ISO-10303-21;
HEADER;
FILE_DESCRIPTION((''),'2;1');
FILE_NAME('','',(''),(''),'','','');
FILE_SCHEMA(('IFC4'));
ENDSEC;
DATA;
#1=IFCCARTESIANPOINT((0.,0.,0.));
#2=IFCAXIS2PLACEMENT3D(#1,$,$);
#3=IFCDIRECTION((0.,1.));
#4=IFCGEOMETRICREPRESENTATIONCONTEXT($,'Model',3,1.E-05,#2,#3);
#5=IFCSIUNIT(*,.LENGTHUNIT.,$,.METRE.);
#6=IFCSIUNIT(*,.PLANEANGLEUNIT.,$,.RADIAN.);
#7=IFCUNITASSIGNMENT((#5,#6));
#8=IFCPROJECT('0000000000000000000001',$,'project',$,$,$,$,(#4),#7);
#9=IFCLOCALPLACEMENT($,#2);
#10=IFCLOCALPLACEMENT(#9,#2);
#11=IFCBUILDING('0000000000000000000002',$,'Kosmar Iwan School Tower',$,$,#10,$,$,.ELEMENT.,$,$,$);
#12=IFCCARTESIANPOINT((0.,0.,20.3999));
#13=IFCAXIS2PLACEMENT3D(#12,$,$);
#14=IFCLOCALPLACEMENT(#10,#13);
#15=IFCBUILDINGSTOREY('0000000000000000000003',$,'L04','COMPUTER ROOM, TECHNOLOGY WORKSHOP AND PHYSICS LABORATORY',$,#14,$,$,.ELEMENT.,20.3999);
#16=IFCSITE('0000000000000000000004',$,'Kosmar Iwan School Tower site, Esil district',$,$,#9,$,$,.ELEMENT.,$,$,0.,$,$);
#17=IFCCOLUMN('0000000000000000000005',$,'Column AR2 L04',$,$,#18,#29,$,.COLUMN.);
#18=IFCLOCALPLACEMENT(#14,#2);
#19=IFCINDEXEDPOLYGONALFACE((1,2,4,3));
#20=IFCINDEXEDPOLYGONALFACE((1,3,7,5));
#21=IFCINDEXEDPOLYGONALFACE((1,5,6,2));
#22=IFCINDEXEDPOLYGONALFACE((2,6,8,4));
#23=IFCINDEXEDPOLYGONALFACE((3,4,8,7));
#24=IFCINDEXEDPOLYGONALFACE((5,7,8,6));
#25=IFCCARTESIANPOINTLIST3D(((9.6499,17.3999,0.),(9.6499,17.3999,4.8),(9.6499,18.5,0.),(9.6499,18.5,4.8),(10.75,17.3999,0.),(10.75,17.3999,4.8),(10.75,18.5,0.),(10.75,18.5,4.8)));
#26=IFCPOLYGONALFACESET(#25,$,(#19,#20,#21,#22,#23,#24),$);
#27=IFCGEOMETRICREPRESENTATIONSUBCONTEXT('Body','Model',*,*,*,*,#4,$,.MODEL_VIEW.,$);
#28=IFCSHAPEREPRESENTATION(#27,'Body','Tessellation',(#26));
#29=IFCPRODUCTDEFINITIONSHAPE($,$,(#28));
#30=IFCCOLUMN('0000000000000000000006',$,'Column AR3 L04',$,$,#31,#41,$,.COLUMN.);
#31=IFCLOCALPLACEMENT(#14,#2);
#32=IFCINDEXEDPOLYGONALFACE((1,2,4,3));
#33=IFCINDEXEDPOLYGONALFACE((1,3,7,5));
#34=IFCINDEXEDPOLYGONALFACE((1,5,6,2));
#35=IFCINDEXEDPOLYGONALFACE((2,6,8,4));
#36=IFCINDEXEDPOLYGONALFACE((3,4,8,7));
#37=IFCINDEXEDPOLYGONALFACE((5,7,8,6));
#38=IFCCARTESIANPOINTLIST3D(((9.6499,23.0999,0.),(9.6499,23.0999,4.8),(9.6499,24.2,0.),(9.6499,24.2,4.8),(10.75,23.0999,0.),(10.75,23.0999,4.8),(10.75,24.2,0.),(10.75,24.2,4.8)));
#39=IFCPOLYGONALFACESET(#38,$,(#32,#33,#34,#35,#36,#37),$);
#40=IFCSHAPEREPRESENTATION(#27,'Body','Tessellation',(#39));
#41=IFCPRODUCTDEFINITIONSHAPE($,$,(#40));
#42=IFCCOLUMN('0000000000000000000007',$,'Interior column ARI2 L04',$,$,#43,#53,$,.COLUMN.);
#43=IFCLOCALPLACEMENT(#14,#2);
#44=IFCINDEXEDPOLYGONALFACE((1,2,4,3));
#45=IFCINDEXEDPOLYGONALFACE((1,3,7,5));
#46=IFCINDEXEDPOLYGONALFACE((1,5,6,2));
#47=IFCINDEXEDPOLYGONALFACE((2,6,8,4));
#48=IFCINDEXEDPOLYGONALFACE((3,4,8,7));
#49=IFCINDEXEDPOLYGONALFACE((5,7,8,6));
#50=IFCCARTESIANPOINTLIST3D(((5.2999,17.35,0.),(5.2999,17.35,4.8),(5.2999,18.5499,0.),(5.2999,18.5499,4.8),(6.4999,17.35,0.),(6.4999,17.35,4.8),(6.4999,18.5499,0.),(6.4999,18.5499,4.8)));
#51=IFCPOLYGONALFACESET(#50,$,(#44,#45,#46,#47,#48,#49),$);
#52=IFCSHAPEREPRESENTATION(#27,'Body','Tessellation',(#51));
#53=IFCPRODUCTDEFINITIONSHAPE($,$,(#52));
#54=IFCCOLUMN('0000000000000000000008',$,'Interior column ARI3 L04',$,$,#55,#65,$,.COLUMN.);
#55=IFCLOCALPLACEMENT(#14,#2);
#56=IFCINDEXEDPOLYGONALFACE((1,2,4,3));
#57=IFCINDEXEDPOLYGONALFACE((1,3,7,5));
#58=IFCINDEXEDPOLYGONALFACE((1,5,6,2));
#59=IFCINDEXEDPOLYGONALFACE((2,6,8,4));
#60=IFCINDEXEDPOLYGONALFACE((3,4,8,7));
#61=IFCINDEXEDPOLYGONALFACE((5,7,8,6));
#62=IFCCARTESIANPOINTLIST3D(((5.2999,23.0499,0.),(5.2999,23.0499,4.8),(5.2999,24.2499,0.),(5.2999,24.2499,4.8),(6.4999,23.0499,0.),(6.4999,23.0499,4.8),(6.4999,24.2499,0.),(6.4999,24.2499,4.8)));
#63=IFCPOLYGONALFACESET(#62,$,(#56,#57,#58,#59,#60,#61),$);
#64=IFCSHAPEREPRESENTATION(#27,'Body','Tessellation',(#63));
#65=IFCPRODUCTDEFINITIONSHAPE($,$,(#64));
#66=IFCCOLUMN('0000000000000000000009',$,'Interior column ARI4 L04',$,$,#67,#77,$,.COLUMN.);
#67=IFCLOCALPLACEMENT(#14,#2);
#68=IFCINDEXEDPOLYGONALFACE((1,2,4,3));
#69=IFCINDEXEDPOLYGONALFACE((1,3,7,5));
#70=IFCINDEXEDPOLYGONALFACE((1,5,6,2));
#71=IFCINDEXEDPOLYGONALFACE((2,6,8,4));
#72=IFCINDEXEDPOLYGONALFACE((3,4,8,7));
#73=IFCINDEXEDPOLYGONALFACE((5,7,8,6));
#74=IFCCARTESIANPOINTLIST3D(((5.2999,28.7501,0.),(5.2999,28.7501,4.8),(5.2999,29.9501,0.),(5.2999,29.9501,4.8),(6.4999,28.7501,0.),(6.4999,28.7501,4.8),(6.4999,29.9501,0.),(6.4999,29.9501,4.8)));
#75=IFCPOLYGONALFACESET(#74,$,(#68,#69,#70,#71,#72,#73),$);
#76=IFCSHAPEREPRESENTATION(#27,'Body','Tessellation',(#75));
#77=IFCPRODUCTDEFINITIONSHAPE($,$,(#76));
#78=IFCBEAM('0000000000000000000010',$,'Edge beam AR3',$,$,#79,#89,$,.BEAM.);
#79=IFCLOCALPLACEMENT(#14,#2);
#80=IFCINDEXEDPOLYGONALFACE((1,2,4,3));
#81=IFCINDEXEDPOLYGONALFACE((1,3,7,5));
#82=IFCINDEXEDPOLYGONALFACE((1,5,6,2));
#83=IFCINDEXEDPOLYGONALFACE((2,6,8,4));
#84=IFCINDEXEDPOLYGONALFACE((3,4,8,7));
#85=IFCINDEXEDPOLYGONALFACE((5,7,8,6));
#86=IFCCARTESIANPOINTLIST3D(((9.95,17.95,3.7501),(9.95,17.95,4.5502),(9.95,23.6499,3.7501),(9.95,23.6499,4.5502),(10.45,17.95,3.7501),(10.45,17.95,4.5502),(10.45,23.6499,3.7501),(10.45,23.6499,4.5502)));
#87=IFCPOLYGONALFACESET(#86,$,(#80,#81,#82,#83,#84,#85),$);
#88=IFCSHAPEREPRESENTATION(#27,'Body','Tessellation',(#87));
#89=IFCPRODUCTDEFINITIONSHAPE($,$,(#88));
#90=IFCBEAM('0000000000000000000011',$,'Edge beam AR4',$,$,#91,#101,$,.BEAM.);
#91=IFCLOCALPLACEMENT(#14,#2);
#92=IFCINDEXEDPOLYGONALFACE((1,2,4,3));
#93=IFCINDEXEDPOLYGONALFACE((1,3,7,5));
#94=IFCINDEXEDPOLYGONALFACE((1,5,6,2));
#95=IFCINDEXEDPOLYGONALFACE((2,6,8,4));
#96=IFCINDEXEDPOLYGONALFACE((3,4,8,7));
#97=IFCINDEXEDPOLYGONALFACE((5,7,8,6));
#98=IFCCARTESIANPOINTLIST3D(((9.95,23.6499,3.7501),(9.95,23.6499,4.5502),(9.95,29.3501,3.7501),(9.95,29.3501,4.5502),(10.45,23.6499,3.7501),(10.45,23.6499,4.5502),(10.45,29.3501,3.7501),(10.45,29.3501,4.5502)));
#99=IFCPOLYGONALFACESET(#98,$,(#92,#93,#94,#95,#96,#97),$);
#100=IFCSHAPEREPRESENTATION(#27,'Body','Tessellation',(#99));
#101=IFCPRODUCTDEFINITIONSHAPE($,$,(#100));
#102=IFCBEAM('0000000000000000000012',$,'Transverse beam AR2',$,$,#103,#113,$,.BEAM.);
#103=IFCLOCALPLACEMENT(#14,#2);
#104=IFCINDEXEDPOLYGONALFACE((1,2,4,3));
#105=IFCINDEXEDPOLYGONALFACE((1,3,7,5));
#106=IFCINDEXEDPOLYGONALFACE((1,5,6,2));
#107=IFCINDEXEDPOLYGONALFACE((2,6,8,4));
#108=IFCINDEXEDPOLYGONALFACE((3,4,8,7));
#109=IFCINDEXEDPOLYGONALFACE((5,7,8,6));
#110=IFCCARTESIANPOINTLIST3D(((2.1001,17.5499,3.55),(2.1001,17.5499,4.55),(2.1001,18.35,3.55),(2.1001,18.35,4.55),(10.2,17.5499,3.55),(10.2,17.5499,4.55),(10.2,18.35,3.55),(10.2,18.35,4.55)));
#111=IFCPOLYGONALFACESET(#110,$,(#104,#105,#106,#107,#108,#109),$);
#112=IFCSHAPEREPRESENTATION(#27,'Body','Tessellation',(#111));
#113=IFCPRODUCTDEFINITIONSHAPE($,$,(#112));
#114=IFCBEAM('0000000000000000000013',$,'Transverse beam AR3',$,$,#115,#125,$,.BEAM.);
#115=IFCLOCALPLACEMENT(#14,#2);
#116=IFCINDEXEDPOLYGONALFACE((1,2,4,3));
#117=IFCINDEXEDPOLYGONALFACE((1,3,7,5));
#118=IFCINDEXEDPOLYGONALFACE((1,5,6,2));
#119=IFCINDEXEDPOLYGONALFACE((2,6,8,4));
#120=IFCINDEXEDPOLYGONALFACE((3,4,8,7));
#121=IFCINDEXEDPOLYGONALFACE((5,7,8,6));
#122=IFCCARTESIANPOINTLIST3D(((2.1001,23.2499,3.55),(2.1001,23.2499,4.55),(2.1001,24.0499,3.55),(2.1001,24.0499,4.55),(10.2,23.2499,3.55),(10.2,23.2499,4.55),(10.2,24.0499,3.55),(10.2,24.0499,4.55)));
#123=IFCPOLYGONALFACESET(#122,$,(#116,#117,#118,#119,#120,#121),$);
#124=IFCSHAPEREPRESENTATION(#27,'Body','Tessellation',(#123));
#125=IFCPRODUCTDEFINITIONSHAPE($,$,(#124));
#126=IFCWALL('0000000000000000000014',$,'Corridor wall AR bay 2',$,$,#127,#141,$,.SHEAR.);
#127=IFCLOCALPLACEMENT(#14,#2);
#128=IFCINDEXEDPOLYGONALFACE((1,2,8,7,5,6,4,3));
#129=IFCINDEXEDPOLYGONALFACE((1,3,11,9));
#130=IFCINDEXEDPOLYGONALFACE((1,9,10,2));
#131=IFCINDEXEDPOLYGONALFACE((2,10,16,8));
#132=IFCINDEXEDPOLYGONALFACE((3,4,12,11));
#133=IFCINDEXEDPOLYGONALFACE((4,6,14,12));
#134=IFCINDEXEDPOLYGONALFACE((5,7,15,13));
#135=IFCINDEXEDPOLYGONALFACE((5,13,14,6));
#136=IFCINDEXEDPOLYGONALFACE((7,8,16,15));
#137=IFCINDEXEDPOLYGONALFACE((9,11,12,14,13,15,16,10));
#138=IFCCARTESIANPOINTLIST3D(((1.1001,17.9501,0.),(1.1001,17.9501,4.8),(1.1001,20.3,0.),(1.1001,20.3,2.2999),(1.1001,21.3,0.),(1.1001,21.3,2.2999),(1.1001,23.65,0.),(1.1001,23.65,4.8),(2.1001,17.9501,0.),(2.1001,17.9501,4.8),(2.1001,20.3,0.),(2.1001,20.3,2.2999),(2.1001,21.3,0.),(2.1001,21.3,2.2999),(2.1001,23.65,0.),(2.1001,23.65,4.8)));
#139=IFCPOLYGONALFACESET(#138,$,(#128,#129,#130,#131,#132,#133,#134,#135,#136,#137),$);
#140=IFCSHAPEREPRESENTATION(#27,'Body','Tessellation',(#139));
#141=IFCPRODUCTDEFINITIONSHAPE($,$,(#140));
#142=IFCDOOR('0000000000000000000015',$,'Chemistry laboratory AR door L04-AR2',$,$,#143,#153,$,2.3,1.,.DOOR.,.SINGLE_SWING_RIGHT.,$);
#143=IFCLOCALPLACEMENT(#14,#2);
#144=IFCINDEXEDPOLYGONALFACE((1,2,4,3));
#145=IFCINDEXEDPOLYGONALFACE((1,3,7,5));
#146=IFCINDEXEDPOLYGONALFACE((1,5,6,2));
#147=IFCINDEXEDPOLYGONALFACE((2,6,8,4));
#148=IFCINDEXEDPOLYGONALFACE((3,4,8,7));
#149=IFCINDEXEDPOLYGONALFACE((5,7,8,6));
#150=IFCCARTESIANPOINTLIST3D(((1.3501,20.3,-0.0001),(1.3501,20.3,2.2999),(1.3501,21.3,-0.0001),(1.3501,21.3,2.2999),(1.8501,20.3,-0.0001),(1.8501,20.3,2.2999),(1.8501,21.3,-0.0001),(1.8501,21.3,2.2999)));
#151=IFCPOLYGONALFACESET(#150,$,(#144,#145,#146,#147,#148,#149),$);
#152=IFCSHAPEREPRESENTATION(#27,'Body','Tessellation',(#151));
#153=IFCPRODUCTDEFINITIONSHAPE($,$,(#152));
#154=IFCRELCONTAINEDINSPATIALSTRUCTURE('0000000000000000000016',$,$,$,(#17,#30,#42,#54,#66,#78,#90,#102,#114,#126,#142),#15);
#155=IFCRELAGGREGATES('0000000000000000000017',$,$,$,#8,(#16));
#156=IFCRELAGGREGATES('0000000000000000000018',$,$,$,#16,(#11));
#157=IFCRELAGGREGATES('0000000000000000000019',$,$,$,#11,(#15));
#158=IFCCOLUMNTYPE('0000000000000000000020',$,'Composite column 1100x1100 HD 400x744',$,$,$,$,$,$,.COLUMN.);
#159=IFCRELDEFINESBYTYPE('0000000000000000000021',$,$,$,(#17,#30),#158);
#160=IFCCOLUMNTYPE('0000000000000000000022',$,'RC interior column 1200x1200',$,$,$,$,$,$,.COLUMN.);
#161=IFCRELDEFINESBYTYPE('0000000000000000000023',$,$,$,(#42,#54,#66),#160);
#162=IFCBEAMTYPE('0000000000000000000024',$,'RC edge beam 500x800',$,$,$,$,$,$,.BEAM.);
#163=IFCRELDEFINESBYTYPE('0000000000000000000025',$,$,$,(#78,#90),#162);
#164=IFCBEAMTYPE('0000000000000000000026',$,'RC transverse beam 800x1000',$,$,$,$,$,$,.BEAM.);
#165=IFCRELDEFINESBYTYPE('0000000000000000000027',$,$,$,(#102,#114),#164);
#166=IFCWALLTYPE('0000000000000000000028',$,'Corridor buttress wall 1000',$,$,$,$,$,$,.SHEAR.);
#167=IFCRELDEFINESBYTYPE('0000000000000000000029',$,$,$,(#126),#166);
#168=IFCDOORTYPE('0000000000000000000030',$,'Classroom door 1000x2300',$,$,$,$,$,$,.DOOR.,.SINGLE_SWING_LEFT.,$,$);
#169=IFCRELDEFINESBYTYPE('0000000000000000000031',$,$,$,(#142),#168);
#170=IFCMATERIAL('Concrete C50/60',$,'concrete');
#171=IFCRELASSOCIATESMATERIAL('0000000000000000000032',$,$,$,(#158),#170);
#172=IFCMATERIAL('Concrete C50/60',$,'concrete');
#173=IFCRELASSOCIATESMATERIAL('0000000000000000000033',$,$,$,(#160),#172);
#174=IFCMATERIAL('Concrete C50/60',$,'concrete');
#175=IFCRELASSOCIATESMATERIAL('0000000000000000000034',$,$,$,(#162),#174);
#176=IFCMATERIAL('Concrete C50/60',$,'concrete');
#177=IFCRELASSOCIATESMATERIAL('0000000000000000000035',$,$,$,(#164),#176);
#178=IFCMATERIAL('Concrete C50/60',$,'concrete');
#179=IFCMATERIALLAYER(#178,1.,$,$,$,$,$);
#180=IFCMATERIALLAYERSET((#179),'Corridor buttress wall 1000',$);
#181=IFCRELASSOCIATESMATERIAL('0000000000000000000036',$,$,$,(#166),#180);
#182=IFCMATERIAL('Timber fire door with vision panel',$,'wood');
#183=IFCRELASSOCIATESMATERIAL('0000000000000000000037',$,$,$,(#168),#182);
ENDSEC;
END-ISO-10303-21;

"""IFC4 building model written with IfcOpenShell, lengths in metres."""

from ifc_helpers import new_model, si_unit, direction, frame, frame_2d, origin, origin_2d, place, context, subcontext, project, spatial, rectangle, extrude, material, layer, layer_set, material_profile, profile_set, type_object, element, fill, save


model = new_model("IFC4")

# Units and contexts
model_context = context("Model", 3, precision=1e-05, world=origin(), true_north=direction((0.0, 1.0)))
body_context = subcontext(model_context, "Body", "Model", "MODEL_VIEW")
ifc_project = project(units=[si_unit("LENGTHUNIT", "METRE"), si_unit("PLANEANGLEUNIT", "RADIAN")], contexts=[model_context])

# Site, building, storey
site_placement = place(None, origin())
site = spatial("IfcSite", under=ifc_project, at=site_placement, Name="Kosmar Iwan School Tower site, Esil district", CompositionType="ELEMENT", RefElevation=0.0)
building_placement = place(site_placement, origin())
building = spatial("IfcBuilding", under=site, at=building_placement, Name="Kosmar Iwan School Tower", CompositionType="ELEMENT")
storey_placement = place(building_placement, frame((0.0, 0.0, 20.3999)))
storey = spatial("IfcBuildingStorey", under=building, at=storey_placement, Name="L04", Description="COMPUTER ROOM, TECHNOLOGY WORKSHOP AND PHYSICS LABORATORY", CompositionType="ELEMENT", Elevation=20.3999)

# Columns
ifc_material_1 = material(Name="Concrete C50/60", Category="concrete")
ifc_material_profile_1 = material_profile(ifc_material_1, rectangle(XDim=1.1001, YDim=1.1001, at=origin_2d()), Name="RC 1100x1100 + HD 400x744")
ifc_profile_set_1 = profile_set([ifc_material_profile_1], Name="Concrete C50/60")
column_type_1 = type_object("IfcColumnType", Name="Composite column 1100x1100 HD 400x744", PredefinedType="COLUMN", material=ifc_profile_set_1)
for number, where, z_axis, x_axis, name in (
    (1, (10.2, 17.95, 0.0), (0.0, 0.0, 1.0), (0.0, 1.0, 0.0), "Column AR2 L04"),
    (2, (10.2, 23.6499, 0.0), (0.0, 0.0, 1.0), (0.0, 1.0, 0.0), "Column AR3 L04"),
):
    element("IfcColumn", number, at=place(storey_placement, frame(where, z_axis=z_axis, x_axis=x_axis)), inside=storey, type_object=column_type_1, Name=name, PredefinedType="COLUMN", context=body_context, shape_type="SweptSolid", body=[
        extrude(rectangle(XDim=1.1001, YDim=1.1001, at=origin_2d()), origin(), (0.0, 0.0, 1.0), 4.8),
    ])
ifc_material_2 = material(Name="Concrete C50/60", Category="concrete")
ifc_material_profile_2 = material_profile(ifc_material_2, rectangle(XDim=1.2, YDim=1.2, at=origin_2d()), Name="RC 1200x1200")
ifc_profile_set_2 = profile_set([ifc_material_profile_2], Name="Concrete C50/60")
column_type_2 = type_object("IfcColumnType", Name="RC interior column 1200x1200", PredefinedType="COLUMN", material=ifc_profile_set_2)
for number, where, z_axis, x_axis, name in (
    (3, (5.8999, 17.95, 0.0), (0.0, 0.0, 1.0), (0.0, 1.0, 0.0), "Interior column ARI2 L04"),
    (4, (5.8999, 23.6499, 0.0), (0.0, 0.0, 1.0), (0.0, 1.0, 0.0), "Interior column ARI3 L04"),
    (5, (5.8999, 29.3501, 0.0), (0.0, 0.0, 1.0), (0.0, 1.0, 0.0), "Interior column ARI4 L04"),
):
    element("IfcColumn", number, at=place(storey_placement, frame(where, z_axis=z_axis, x_axis=x_axis)), inside=storey, type_object=column_type_2, Name=name, PredefinedType="COLUMN", context=body_context, shape_type="SweptSolid", body=[
        extrude(rectangle(XDim=1.2, YDim=1.2, at=origin_2d()), origin(), (0.0, 0.0, 1.0), 4.8),
    ])

# Beams
ifc_material_3 = material(Name="Concrete C50/60", Category="concrete")
ifc_material_profile_3 = material_profile(ifc_material_3, rectangle(XDim=0.5, YDim=0.8, at=origin_2d()), Name="RC 500x800")
ifc_profile_set_3 = profile_set([ifc_material_profile_3], Name="Concrete C50/60")
beam_type_1 = type_object("IfcBeamType", Name="RC edge beam 500x800", PredefinedType="BEAM", material=ifc_profile_set_3)
beam_1_placement = place(storey_placement, frame((10.2, 17.95, 4.1501), z_axis=(0.0, 1.0, 0.0), x_axis=(-1.0, 0.0, 0.0)))
element("IfcBeam", 6, at=beam_1_placement, inside=storey, type_object=beam_type_1, Name="Edge beam AR3", PredefinedType="BEAM", context=body_context, shape_type="SweptSolid", body=[
    extrude(rectangle(XDim=0.5, YDim=0.8, at=origin_2d()), origin(), (0.0, 0.0, 1.0), 5.7),
])
beam_2_placement = place(storey_placement, frame((10.2, 23.6499, 4.1501), z_axis=(0.0, 1.0, 0.0), x_axis=(-1.0, 0.0, 0.0)))
element("IfcBeam", 7, at=beam_2_placement, inside=storey, type_object=beam_type_1, Name="Edge beam AR4", PredefinedType="BEAM", context=body_context, shape_type="SweptSolid", body=[
    extrude(rectangle(XDim=0.5, YDim=0.8, at=origin_2d()), origin(), (0.0, 0.0, 1.0), 5.7002),
])
ifc_material_4 = material(Name="Concrete C50/60", Category="concrete")
ifc_material_profile_4 = material_profile(ifc_material_4, rectangle(XDim=0.8, YDim=1.0, at=origin_2d()), Name="RC 800x1000")
ifc_profile_set_4 = profile_set([ifc_material_profile_4], Name="Concrete C50/60")
beam_type_2 = type_object("IfcBeamType", Name="RC transverse beam 800x1000", PredefinedType="BEAM", material=ifc_profile_set_4)
for number, where, z_axis, x_axis, name in (
    (8, (10.2, 17.95, 4.05), (-1.0, 0.0, 0.0), (0.0, -1.0, 0.0), "Transverse beam AR2"),
    (9, (10.2, 23.6499, 4.05), (-1.0, 0.0, 0.0), (0.0, -1.0, 0.0), "Transverse beam AR3"),
):
    element("IfcBeam", number, at=place(storey_placement, frame(where, z_axis=z_axis, x_axis=x_axis)), inside=storey, type_object=beam_type_2, Name=name, PredefinedType="BEAM", context=body_context, shape_type="SweptSolid", body=[
        extrude(rectangle(XDim=0.8, YDim=1.0, at=origin_2d()), origin(), (0.0, 0.0, 1.0), 8.0999),
    ])

# Wall, opening, door
ifc_material_5 = material(Name="Concrete C50/60", Category="concrete")
ifc_layer_1 = layer(ifc_material_5, 1.0)
ifc_layer_set_1 = layer_set([ifc_layer_1], Name="Corridor buttress wall 1000")
wall_type_1 = type_object("IfcWallType", Name="Corridor buttress wall 1000", PredefinedType="SHEAR", material=ifc_layer_set_1)
wall_1_placement = place(storey_placement, frame((1.6001, 17.95, 0.0), z_axis=(0.0, 0.0, 1.0), x_axis=(0.0, 1.0, 0.0)))
wall_1 = element("IfcWall", 10, at=wall_1_placement, inside=storey, type_object=wall_type_1, Name="Corridor wall AR bay 2", PredefinedType="SHEAR", context=body_context, shape_type="SweptSolid", body=[
    extrude(rectangle(XDim=5.7, YDim=1.0, at=frame_2d((2.8501, 0.0))), origin(), (0.0, 0.0, 1.0), 4.8),
])
opening_1_placement = place(wall_1_placement, frame((2.3501, 0.0, 0.0)))
opening_1 = element("IfcOpeningElement", 11, at=opening_1_placement, cuts=wall_1, PredefinedType="OPENING", context=body_context, shape_type="SweptSolid", body=[
    extrude(rectangle(XDim=1.0, YDim=2.3, at=frame_2d((0.5, 1.1499))), frame((0.0, 0.512, 0.0), z_axis=(0.0, -1.0, 0.0), x_axis=(1.0, 0.0, 0.0)), (0.0, 0.0, 1.0), 1.0239),
])
ifc_material_6 = material(Name="Timber fire door with vision panel", Category="wood")
door_type = type_object("IfcDoorType", Name="Classroom door 1000x2300", OperationType="SINGLE_SWING_LEFT", PredefinedType="DOOR", material=ifc_material_6)
door_1_placement = place(opening_1_placement, origin())
door_1 = element("IfcDoor", 12, at=door_1_placement, inside=storey, type_object=door_type, Name="Chemistry laboratory AR door L04-AR2", OperationType="SINGLE_SWING_RIGHT", OverallHeight=2.3, OverallWidth=1.0, PredefinedType="DOOR", context=body_context, shape_type="SweptSolid", body=[
    extrude(rectangle(XDim=1.0, YDim=2.3, at=frame_2d((0.5, 1.1499))), frame((0.0, 0.25, 0.0), z_axis=(0.0, -1.0, 0.0), x_axis=(1.0, 0.0, 0.0)), (0.0, 0.0, 1.0), 0.5),
])
fill(opening_1, door_1)

save(model, "model.ifc")
